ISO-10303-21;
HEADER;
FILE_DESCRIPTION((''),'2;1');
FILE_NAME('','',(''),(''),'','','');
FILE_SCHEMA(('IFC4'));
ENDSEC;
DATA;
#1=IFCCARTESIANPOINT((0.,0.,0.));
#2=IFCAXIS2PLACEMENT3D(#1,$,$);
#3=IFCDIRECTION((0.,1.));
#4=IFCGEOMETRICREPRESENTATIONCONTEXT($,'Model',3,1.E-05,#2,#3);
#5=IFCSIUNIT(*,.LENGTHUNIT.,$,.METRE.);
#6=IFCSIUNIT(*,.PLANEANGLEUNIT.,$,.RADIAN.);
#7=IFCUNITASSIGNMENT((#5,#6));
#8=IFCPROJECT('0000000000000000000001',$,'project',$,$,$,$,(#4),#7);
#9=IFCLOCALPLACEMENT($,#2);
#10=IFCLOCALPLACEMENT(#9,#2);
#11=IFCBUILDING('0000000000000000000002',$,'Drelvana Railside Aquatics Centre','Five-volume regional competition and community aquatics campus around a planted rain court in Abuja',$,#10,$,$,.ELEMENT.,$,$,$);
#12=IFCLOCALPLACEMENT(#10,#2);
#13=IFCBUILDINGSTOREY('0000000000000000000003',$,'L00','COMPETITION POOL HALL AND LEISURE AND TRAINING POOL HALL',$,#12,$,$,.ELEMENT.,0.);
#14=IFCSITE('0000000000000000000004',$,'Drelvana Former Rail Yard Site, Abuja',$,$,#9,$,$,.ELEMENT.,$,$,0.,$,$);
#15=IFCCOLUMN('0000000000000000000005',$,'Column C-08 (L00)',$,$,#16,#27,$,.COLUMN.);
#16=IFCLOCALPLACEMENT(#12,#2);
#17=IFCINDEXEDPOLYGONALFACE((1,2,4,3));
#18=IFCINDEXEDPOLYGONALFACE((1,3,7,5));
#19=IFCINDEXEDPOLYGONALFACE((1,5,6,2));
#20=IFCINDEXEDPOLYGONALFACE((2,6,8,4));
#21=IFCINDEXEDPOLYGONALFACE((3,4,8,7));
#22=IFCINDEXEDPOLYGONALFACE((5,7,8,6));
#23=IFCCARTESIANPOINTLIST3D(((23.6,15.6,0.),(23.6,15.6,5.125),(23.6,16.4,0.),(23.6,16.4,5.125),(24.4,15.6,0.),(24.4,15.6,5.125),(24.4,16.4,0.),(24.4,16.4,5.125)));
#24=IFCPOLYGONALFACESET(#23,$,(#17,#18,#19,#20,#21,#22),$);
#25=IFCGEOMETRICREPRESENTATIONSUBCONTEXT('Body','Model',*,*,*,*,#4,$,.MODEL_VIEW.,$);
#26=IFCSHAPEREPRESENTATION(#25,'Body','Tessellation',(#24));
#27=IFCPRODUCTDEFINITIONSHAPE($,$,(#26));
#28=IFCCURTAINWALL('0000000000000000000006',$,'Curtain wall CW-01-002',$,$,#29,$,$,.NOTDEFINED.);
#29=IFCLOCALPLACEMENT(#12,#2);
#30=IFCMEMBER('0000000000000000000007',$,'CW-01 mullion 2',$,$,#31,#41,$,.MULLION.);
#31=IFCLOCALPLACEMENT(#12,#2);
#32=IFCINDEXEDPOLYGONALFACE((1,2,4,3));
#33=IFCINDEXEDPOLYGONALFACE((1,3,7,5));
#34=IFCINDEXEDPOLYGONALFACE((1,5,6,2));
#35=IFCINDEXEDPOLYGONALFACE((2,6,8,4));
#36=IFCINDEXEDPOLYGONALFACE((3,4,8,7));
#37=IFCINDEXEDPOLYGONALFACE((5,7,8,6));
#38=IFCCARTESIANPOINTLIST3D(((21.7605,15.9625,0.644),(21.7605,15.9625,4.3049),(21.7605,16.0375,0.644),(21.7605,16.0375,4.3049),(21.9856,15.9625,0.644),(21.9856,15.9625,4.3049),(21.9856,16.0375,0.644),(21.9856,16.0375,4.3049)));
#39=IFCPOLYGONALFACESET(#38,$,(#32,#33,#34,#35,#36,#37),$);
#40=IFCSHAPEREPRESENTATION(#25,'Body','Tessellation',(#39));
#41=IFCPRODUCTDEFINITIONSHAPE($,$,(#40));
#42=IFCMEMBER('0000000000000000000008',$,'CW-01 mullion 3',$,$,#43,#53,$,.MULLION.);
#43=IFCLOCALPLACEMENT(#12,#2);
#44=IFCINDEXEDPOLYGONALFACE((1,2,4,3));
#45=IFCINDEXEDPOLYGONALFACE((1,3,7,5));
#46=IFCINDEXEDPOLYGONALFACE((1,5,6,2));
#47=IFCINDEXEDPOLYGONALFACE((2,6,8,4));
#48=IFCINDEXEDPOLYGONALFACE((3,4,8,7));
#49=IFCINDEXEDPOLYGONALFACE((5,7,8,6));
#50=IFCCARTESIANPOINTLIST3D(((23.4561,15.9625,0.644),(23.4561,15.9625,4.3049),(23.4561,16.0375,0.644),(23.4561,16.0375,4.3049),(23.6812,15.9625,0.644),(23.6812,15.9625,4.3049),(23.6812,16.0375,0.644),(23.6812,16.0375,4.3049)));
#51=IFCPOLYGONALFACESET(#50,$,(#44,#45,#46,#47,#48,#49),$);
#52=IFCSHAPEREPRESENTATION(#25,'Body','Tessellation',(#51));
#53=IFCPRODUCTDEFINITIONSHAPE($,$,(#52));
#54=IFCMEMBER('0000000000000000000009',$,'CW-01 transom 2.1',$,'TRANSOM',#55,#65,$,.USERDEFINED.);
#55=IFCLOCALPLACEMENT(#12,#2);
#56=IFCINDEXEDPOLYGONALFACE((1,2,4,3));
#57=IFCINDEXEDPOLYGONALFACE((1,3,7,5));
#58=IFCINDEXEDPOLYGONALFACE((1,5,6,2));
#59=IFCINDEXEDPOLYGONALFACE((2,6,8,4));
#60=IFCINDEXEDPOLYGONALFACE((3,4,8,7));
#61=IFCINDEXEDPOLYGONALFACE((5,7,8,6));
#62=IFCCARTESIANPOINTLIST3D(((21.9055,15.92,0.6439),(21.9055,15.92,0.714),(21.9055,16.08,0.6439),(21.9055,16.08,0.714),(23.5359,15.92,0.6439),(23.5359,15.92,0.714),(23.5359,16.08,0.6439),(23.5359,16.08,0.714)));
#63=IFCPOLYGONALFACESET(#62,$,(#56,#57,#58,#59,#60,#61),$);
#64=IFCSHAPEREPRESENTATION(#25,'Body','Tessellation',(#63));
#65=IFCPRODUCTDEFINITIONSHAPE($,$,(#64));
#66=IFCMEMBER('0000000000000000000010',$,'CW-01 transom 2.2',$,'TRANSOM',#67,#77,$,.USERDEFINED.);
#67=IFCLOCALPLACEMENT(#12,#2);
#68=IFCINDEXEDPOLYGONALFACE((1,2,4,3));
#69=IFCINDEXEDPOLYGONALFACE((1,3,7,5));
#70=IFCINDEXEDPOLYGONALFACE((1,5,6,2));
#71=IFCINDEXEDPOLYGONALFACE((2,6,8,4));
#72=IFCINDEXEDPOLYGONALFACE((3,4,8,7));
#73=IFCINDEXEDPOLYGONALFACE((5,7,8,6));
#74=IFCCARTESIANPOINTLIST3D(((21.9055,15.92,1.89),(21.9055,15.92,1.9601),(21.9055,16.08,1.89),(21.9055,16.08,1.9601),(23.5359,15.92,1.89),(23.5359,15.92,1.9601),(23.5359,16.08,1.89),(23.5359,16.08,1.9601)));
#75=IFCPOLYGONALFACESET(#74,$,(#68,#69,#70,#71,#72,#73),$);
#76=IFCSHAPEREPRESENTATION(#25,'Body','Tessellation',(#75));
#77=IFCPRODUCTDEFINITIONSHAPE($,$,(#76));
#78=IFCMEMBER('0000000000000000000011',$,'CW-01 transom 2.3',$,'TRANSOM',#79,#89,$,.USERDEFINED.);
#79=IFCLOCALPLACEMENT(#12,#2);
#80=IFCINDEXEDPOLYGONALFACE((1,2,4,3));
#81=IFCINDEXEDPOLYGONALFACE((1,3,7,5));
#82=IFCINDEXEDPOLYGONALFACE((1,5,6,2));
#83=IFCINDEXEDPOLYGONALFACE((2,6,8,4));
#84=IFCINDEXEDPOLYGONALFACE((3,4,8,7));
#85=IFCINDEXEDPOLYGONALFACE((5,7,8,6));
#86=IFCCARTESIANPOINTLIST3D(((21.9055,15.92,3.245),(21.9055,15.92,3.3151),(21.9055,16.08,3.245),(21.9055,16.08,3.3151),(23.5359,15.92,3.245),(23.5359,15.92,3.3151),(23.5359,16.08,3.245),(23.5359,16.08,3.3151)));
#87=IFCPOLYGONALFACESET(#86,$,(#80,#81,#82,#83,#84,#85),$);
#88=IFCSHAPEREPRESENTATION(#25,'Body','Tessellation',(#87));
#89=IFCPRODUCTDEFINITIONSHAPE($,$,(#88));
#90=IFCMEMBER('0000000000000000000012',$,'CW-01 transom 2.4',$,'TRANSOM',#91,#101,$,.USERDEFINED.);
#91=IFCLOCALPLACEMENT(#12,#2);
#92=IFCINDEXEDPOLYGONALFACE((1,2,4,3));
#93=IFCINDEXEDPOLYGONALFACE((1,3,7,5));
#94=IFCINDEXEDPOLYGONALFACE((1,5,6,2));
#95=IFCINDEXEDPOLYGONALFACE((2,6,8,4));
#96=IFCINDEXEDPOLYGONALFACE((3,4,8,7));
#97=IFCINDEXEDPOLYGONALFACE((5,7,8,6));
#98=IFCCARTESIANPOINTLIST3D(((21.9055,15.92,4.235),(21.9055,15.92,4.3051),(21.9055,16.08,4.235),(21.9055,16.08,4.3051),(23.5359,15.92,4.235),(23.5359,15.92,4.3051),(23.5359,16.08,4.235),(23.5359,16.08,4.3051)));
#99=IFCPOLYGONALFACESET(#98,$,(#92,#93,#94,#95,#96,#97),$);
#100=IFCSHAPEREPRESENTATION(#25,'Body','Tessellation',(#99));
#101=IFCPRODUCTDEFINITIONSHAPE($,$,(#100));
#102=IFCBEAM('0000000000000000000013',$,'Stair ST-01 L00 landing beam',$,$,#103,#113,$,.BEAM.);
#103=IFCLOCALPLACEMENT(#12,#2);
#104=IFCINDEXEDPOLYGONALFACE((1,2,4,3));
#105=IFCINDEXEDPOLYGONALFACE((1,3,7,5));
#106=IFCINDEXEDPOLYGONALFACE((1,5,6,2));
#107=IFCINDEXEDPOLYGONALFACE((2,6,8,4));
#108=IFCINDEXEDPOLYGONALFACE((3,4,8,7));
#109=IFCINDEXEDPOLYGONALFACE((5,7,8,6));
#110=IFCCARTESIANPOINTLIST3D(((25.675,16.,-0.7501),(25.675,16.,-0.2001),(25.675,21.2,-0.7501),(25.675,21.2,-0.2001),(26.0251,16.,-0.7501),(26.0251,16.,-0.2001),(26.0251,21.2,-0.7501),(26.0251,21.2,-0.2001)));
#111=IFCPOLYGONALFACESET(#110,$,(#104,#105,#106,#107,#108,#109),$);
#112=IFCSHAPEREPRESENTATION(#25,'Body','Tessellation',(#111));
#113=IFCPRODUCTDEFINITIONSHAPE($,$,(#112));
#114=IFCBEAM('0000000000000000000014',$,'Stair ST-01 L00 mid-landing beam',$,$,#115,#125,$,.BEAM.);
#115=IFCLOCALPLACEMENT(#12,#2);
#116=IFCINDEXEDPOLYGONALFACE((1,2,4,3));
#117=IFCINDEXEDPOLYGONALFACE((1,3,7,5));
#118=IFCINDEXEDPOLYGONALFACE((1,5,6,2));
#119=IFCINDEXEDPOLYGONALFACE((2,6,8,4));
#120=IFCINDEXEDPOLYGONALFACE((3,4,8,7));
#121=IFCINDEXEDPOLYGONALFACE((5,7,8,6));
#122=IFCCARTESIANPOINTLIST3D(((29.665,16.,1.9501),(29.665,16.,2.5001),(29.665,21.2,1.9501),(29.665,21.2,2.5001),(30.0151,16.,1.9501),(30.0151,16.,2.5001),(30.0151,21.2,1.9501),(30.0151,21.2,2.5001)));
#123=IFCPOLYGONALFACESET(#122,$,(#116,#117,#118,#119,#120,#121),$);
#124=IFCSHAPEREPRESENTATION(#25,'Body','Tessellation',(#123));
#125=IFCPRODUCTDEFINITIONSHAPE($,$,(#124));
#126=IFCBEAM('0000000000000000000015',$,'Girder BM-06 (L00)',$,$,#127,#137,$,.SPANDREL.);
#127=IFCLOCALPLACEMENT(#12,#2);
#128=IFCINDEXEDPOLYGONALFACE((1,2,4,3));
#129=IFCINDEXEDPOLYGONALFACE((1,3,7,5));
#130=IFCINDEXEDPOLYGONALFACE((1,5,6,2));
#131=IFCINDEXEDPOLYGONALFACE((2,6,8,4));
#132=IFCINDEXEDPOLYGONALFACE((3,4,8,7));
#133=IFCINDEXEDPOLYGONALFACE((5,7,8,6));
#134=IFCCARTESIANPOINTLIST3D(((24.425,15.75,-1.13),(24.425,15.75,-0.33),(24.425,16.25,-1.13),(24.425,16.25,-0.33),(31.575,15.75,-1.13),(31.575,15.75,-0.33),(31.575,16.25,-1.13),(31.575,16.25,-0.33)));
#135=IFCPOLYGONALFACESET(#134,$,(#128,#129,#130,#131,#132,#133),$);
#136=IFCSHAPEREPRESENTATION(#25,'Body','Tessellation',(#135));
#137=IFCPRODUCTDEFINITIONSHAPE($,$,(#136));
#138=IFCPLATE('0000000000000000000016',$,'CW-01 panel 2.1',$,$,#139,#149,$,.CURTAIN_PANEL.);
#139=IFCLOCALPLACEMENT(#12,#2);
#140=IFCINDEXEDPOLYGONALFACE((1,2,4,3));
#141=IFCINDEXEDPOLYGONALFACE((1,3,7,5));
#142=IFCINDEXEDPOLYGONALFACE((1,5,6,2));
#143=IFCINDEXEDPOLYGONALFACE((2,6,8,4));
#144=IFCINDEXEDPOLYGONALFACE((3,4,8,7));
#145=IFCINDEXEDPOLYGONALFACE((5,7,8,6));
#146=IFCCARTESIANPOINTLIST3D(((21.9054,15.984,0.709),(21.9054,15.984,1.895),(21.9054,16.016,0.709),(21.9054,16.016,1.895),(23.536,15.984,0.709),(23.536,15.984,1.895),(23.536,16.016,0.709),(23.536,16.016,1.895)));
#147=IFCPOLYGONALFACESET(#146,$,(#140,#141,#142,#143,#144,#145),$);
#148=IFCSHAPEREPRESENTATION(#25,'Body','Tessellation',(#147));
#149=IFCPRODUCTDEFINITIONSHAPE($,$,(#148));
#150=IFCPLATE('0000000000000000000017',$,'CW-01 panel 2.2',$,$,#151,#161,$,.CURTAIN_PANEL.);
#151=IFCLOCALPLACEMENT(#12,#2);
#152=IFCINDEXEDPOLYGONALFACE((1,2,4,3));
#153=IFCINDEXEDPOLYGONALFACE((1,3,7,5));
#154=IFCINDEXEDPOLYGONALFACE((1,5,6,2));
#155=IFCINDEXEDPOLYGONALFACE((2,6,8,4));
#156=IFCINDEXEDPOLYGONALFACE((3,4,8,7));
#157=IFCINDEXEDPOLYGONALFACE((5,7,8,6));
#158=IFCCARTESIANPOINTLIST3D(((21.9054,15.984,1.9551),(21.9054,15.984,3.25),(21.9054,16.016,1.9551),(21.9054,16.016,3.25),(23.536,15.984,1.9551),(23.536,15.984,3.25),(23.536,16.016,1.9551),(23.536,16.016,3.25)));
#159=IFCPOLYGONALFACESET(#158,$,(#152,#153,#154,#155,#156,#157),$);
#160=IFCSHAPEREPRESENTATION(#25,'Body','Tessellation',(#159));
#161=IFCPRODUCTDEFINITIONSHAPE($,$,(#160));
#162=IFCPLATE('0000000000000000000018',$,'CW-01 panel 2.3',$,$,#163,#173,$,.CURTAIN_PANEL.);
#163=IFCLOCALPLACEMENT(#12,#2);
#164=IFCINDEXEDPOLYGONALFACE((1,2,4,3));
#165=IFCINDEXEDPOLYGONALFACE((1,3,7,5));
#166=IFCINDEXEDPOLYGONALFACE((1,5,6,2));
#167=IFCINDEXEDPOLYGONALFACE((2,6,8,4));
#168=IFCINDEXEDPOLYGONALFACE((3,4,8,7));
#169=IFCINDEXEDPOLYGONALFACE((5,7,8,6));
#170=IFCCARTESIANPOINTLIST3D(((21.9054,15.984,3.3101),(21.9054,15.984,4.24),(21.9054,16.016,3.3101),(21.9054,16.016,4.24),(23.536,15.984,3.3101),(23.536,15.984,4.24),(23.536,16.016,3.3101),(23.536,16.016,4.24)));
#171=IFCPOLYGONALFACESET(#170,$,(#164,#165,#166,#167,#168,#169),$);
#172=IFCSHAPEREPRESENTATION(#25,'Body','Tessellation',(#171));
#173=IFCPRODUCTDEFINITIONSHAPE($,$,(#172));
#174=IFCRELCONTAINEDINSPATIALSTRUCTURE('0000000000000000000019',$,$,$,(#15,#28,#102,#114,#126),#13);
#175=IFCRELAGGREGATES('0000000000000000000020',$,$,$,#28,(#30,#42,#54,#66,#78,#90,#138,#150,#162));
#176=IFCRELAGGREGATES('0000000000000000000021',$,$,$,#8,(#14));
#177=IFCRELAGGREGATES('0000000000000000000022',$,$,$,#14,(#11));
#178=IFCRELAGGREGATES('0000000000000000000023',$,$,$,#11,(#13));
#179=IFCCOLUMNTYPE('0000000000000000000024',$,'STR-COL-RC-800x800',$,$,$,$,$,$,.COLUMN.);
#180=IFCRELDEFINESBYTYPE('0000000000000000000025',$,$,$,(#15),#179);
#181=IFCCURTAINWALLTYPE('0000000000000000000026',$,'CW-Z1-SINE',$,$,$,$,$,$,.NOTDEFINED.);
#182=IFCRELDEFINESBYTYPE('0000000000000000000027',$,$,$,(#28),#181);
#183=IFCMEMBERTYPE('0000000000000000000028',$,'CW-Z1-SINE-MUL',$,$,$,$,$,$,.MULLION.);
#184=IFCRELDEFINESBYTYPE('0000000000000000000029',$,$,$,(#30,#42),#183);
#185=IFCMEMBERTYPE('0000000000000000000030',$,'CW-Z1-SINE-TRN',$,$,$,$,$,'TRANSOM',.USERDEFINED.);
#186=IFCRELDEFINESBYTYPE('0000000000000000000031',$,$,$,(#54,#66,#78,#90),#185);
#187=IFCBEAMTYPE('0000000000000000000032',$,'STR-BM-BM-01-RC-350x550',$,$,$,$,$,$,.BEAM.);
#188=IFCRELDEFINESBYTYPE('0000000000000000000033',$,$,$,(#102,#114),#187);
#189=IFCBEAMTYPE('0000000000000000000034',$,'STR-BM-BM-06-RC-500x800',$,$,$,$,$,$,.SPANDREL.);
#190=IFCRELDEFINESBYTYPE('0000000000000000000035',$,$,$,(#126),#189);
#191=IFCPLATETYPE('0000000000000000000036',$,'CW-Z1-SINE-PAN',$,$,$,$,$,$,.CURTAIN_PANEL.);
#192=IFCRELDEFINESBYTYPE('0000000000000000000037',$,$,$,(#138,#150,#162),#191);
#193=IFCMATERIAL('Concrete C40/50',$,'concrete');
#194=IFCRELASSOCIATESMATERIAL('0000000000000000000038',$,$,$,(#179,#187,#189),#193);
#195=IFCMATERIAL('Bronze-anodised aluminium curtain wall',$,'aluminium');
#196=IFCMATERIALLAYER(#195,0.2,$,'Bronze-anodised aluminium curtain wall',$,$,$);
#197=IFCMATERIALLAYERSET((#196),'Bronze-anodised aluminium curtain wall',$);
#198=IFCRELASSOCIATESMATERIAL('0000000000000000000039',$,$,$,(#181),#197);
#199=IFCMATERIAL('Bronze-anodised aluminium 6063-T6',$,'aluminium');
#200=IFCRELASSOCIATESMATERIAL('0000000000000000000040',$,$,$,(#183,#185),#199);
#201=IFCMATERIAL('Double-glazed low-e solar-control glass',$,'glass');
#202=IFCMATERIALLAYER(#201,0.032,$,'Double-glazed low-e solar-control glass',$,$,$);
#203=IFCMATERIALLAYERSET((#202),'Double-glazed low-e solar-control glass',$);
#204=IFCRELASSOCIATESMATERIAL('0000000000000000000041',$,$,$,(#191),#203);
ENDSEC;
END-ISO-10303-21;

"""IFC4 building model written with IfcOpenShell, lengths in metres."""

from ifc_helpers import new_model, si_unit, direction, frame, origin, origin_2d, place, context, subcontext, project, spatial, rectangle, extrude, material, layer, layer_set, material_profile, profile_set, type_object, element, aggregate, save


model = new_model("IFC4")

# Units and contexts
model_context = context("Model", 3, precision=1e-05, world=origin(), true_north=direction((0.0, 1.0)))
body_context = subcontext(model_context, "Body", "Model", "MODEL_VIEW")
ifc_project = project(units=[si_unit("LENGTHUNIT", "METRE"), si_unit("PLANEANGLEUNIT", "RADIAN")], contexts=[model_context])

# Site, building, storey
site_placement = place(None, origin())
site = spatial("IfcSite", under=ifc_project, at=site_placement, Name="Drelvana Former Rail Yard Site, Abuja", CompositionType="ELEMENT", RefElevation=0.0)
building_placement = place(site_placement, origin())
building = spatial("IfcBuilding", under=site, at=building_placement, Name="Drelvana Railside Aquatics Centre", Description="Five-volume regional competition and community aquatics campus around a planted rain court in Abuja", CompositionType="ELEMENT")
storey_placement = place(building_placement, origin())
storey = spatial("IfcBuildingStorey", under=building, at=storey_placement, Name="L00", Description="COMPETITION POOL HALL AND LEISURE AND TRAINING POOL HALL", CompositionType="ELEMENT", Elevation=0.0)

# Column
ifc_material_1 = material(Name="Concrete C40/50", Category="concrete")
ifc_material_profile_1 = material_profile(ifc_material_1, rectangle(XDim=0.8, YDim=0.8, at=origin_2d()), Name="RC 800x800")
ifc_profile_set_1 = profile_set([ifc_material_profile_1], Name="Concrete C40/50")
column_type = type_object("IfcColumnType", Name="STR-COL-RC-800x800", PredefinedType="COLUMN", material=ifc_profile_set_1)
column_placement = place(storey_placement, frame((24.0, 16.0, 0.0), z_axis=(0.0, 0.0, 1.0), x_axis=(1.0, 0.0, 0.0)))
element("IfcColumn", 1, at=column_placement, inside=storey, type_object=column_type, Name="Column C-08 (L00)", PredefinedType="COLUMN", context=body_context, shape_type="SweptSolid", body=[
    extrude(rectangle(XDim=0.8, YDim=0.8, at=origin_2d()), origin(), (0.0, 0.0, 1.0), 5.125),
])

# Curtain wall, members
ifc_material_2 = material(Name="Bronze-anodised aluminium curtain wall", Category="aluminium")
ifc_layer_1 = layer(ifc_material_2, 0.2, Name="Bronze-anodised aluminium curtain wall")
ifc_layer_set_1 = layer_set([ifc_layer_1], Name="Bronze-anodised aluminium curtain wall")
curtain_wall_type = type_object("IfcCurtainWallType", Name="CW-Z1-SINE", PredefinedType="NOTDEFINED", material=ifc_layer_set_1)
curtain_wall_placement = place(storey_placement, origin())
curtain_wall = element("IfcCurtainWall", 2, at=curtain_wall_placement, inside=storey, type_object=curtain_wall_type, Name="Curtain wall CW-01-002", PredefinedType="NOTDEFINED")
ifc_material_3 = material(Name="Bronze-anodised aluminium 6063-T6", Category="aluminium")
ifc_material_profile_2 = material_profile(ifc_material_3, rectangle(XDim=0.075, YDim=0.2251, at=origin_2d()), Name="ALU-M 75x225")
ifc_profile_set_2 = profile_set([ifc_material_profile_2], Name="Bronze-anodised aluminium 6063-T6")
member_type_1 = type_object("IfcMemberType", Name="CW-Z1-SINE-MUL", PredefinedType="MULLION", material=ifc_profile_set_2)
member_1_placement = place(storey_placement, frame((21.873, 16.0, 0.644), z_axis=(0.0, 0.0, 1.0), x_axis=(0.0, 1.0, 0.0)))
member_1 = element("IfcMember", 3, at=member_1_placement, type_object=member_type_1, Name="CW-01 mullion 2", PredefinedType="MULLION", context=body_context, shape_type="SweptSolid", body=[
    extrude(rectangle(XDim=0.075, YDim=0.2251, at=origin_2d()), origin(), (0.0, 0.0, 1.0), 3.6609),
])
member_2_placement = place(storey_placement, frame((23.5686, 16.0, 0.644), z_axis=(0.0, 0.0, 1.0), x_axis=(0.0, 1.0, 0.0)))
member_2 = element("IfcMember", 4, at=member_2_placement, type_object=member_type_1, Name="CW-01 mullion 3", PredefinedType="MULLION", context=body_context, shape_type="SweptSolid", body=[
    extrude(rectangle(XDim=0.075, YDim=0.2251, at=origin_2d()), origin(), (0.0, 0.0, 1.0), 3.6609),
])
ifc_material_profile_3 = material_profile(ifc_material_3, rectangle(XDim=0.1599, YDim=0.0701, at=origin_2d()), Name="ALU-T 70x160")
ifc_profile_set_3 = profile_set([ifc_material_profile_3], Name="Bronze-anodised aluminium 6063-T6")
member_type_2 = type_object("IfcMemberType", Name="CW-Z1-SINE-TRN", ElementType="TRANSOM", PredefinedType="USERDEFINED", material=ifc_profile_set_3)
member_3_placement = place(storey_placement, frame((21.9055, 16.0, 0.679), z_axis=(1.0, 0.0, 0.0), x_axis=(0.0, 1.0, 0.0)))
member_3 = element("IfcMember", 5, at=member_3_placement, type_object=member_type_2, Name="CW-01 transom 2.1", ObjectType="TRANSOM", PredefinedType="USERDEFINED", context=body_context, shape_type="SweptSolid", body=[
    extrude(rectangle(XDim=0.1599, YDim=0.0701, at=origin_2d()), origin(), (0.0, 0.0, 1.0), 1.6304),
])
member_4_placement = place(storey_placement, frame((21.9055, 16.0, 1.925), z_axis=(1.0, 0.0, 0.0), x_axis=(0.0, 1.0, 0.0)))
member_4 = element("IfcMember", 6, at=member_4_placement, type_object=member_type_2, Name="CW-01 transom 2.2", ObjectType="TRANSOM", PredefinedType="USERDEFINED", context=body_context, shape_type="SweptSolid", body=[
    extrude(rectangle(XDim=0.1599, YDim=0.0701, at=origin_2d()), origin(), (0.0, 0.0, 1.0), 1.6304),
])
member_5_placement = place(storey_placement, frame((21.9055, 16.0, 3.28), z_axis=(1.0, 0.0, 0.0), x_axis=(0.0, 1.0, 0.0)))
member_5 = element("IfcMember", 7, at=member_5_placement, type_object=member_type_2, Name="CW-01 transom 2.3", ObjectType="TRANSOM", PredefinedType="USERDEFINED", context=body_context, shape_type="SweptSolid", body=[
    extrude(rectangle(XDim=0.1599, YDim=0.0701, at=origin_2d()), origin(), (0.0, 0.0, 1.0), 1.6304),
])
member_6_placement = place(storey_placement, frame((21.9055, 16.0, 4.27), z_axis=(1.0, 0.0, 0.0), x_axis=(0.0, 1.0, 0.0)))
member_6 = element("IfcMember", 8, at=member_6_placement, type_object=member_type_2, Name="CW-01 transom 2.4", ObjectType="TRANSOM", PredefinedType="USERDEFINED", context=body_context, shape_type="SweptSolid", body=[
    extrude(rectangle(XDim=0.1599, YDim=0.0701, at=origin_2d()), origin(), (0.0, 0.0, 1.0), 1.6304),
])

# Beams
ifc_material_profile_4 = material_profile(ifc_material_1, rectangle(XDim=0.3501, YDim=0.55, at=origin_2d()), Name="RC 350x550")
ifc_profile_set_4 = profile_set([ifc_material_profile_4], Name="Concrete C40/50")
beam_type_1 = type_object("IfcBeamType", Name="STR-BM-BM-01-RC-350x550", PredefinedType="BEAM", material=ifc_profile_set_4)
for number, where, z_axis, x_axis, name in (
    (9, (25.8501, 16.0, -0.4751), (0.0, 1.0, 0.0), (-1.0, 0.0, 0.0), "Stair ST-01 L00 landing beam"),
    (10, (29.8401, 16.0, 2.2251), (0.0, 1.0, 0.0), (-1.0, 0.0, 0.0), "Stair ST-01 L00 mid-landing beam"),
):
    element("IfcBeam", number, at=place(storey_placement, frame(where, z_axis=z_axis, x_axis=x_axis)), inside=storey, type_object=beam_type_1, Name=name, PredefinedType="BEAM", context=body_context, shape_type="SweptSolid", body=[
        extrude(rectangle(XDim=0.3501, YDim=0.55, at=origin_2d()), origin(), (0.0, 0.0, 1.0), 5.2),
    ])
ifc_material_profile_5 = material_profile(ifc_material_1, rectangle(XDim=0.5, YDim=0.8, at=origin_2d()), Name="RC 500x800")
ifc_profile_set_5 = profile_set([ifc_material_profile_5], Name="Concrete C40/50")
beam_type_2 = type_object("IfcBeamType", Name="STR-BM-BM-06-RC-500x800", PredefinedType="SPANDREL", material=ifc_profile_set_5)
beam_placement = place(storey_placement, frame((24.425, 16.0, -0.73), z_axis=(1.0, 0.0, 0.0), x_axis=(0.0, 1.0, 0.0)))
element("IfcBeam", 11, at=beam_placement, inside=storey, type_object=beam_type_2, Name="Girder BM-06 (L00)", PredefinedType="SPANDREL", context=body_context, shape_type="SweptSolid", body=[
    extrude(rectangle(XDim=0.5, YDim=0.8, at=origin_2d()), origin(), (0.0, 0.0, 1.0), 7.1499),
])

# Plates
ifc_material_4 = material(Name="Double-glazed low-e solar-control glass", Category="glass")
ifc_layer_2 = layer(ifc_material_4, 0.032, Name="Double-glazed low-e solar-control glass")
ifc_layer_set_2 = layer_set([ifc_layer_2], Name="Double-glazed low-e solar-control glass")
plate_type = type_object("IfcPlateType", Name="CW-Z1-SINE-PAN", PredefinedType="CURTAIN_PANEL", material=ifc_layer_set_2)
plate_1_placement = place(storey_placement, frame((22.7207, 16.0, 0.709), z_axis=(0.0, 0.0, 1.0), x_axis=(1.0, 0.0, 0.0)))
plate_1 = element("IfcPlate", 12, at=plate_1_placement, type_object=plate_type, Name="CW-01 panel 2.1", PredefinedType="CURTAIN_PANEL", context=body_context, shape_type="SweptSolid", body=[
    extrude(rectangle(XDim=1.6306, YDim=0.032, at=origin_2d()), origin(), (0.0, 0.0, 1.0), 1.186),
])
plate_2_placement = place(storey_placement, frame((22.7207, 16.0, 1.9551), z_axis=(0.0, 0.0, 1.0), x_axis=(1.0, 0.0, 0.0)))
plate_2 = element("IfcPlate", 13, at=plate_2_placement, type_object=plate_type, Name="CW-01 panel 2.2", PredefinedType="CURTAIN_PANEL", context=body_context, shape_type="SweptSolid", body=[
    extrude(rectangle(XDim=1.6306, YDim=0.032, at=origin_2d()), origin(), (0.0, 0.0, 1.0), 1.2949),
])
plate_3_placement = place(storey_placement, frame((22.7207, 16.0, 3.3101), z_axis=(0.0, 0.0, 1.0), x_axis=(1.0, 0.0, 0.0)))
plate_3 = element("IfcPlate", 14, at=plate_3_placement, type_object=plate_type, Name="CW-01 panel 2.3", PredefinedType="CURTAIN_PANEL", context=body_context, shape_type="SweptSolid", body=[
    extrude(rectangle(XDim=1.6306, YDim=0.032, at=origin_2d()), origin(), (0.0, 0.0, 1.0), 0.9299),
])
aggregate(curtain_wall, [member_1, member_2, member_3, member_4, member_5, member_6, plate_1, plate_2, plate_3])

save(model, "model.ifc")
